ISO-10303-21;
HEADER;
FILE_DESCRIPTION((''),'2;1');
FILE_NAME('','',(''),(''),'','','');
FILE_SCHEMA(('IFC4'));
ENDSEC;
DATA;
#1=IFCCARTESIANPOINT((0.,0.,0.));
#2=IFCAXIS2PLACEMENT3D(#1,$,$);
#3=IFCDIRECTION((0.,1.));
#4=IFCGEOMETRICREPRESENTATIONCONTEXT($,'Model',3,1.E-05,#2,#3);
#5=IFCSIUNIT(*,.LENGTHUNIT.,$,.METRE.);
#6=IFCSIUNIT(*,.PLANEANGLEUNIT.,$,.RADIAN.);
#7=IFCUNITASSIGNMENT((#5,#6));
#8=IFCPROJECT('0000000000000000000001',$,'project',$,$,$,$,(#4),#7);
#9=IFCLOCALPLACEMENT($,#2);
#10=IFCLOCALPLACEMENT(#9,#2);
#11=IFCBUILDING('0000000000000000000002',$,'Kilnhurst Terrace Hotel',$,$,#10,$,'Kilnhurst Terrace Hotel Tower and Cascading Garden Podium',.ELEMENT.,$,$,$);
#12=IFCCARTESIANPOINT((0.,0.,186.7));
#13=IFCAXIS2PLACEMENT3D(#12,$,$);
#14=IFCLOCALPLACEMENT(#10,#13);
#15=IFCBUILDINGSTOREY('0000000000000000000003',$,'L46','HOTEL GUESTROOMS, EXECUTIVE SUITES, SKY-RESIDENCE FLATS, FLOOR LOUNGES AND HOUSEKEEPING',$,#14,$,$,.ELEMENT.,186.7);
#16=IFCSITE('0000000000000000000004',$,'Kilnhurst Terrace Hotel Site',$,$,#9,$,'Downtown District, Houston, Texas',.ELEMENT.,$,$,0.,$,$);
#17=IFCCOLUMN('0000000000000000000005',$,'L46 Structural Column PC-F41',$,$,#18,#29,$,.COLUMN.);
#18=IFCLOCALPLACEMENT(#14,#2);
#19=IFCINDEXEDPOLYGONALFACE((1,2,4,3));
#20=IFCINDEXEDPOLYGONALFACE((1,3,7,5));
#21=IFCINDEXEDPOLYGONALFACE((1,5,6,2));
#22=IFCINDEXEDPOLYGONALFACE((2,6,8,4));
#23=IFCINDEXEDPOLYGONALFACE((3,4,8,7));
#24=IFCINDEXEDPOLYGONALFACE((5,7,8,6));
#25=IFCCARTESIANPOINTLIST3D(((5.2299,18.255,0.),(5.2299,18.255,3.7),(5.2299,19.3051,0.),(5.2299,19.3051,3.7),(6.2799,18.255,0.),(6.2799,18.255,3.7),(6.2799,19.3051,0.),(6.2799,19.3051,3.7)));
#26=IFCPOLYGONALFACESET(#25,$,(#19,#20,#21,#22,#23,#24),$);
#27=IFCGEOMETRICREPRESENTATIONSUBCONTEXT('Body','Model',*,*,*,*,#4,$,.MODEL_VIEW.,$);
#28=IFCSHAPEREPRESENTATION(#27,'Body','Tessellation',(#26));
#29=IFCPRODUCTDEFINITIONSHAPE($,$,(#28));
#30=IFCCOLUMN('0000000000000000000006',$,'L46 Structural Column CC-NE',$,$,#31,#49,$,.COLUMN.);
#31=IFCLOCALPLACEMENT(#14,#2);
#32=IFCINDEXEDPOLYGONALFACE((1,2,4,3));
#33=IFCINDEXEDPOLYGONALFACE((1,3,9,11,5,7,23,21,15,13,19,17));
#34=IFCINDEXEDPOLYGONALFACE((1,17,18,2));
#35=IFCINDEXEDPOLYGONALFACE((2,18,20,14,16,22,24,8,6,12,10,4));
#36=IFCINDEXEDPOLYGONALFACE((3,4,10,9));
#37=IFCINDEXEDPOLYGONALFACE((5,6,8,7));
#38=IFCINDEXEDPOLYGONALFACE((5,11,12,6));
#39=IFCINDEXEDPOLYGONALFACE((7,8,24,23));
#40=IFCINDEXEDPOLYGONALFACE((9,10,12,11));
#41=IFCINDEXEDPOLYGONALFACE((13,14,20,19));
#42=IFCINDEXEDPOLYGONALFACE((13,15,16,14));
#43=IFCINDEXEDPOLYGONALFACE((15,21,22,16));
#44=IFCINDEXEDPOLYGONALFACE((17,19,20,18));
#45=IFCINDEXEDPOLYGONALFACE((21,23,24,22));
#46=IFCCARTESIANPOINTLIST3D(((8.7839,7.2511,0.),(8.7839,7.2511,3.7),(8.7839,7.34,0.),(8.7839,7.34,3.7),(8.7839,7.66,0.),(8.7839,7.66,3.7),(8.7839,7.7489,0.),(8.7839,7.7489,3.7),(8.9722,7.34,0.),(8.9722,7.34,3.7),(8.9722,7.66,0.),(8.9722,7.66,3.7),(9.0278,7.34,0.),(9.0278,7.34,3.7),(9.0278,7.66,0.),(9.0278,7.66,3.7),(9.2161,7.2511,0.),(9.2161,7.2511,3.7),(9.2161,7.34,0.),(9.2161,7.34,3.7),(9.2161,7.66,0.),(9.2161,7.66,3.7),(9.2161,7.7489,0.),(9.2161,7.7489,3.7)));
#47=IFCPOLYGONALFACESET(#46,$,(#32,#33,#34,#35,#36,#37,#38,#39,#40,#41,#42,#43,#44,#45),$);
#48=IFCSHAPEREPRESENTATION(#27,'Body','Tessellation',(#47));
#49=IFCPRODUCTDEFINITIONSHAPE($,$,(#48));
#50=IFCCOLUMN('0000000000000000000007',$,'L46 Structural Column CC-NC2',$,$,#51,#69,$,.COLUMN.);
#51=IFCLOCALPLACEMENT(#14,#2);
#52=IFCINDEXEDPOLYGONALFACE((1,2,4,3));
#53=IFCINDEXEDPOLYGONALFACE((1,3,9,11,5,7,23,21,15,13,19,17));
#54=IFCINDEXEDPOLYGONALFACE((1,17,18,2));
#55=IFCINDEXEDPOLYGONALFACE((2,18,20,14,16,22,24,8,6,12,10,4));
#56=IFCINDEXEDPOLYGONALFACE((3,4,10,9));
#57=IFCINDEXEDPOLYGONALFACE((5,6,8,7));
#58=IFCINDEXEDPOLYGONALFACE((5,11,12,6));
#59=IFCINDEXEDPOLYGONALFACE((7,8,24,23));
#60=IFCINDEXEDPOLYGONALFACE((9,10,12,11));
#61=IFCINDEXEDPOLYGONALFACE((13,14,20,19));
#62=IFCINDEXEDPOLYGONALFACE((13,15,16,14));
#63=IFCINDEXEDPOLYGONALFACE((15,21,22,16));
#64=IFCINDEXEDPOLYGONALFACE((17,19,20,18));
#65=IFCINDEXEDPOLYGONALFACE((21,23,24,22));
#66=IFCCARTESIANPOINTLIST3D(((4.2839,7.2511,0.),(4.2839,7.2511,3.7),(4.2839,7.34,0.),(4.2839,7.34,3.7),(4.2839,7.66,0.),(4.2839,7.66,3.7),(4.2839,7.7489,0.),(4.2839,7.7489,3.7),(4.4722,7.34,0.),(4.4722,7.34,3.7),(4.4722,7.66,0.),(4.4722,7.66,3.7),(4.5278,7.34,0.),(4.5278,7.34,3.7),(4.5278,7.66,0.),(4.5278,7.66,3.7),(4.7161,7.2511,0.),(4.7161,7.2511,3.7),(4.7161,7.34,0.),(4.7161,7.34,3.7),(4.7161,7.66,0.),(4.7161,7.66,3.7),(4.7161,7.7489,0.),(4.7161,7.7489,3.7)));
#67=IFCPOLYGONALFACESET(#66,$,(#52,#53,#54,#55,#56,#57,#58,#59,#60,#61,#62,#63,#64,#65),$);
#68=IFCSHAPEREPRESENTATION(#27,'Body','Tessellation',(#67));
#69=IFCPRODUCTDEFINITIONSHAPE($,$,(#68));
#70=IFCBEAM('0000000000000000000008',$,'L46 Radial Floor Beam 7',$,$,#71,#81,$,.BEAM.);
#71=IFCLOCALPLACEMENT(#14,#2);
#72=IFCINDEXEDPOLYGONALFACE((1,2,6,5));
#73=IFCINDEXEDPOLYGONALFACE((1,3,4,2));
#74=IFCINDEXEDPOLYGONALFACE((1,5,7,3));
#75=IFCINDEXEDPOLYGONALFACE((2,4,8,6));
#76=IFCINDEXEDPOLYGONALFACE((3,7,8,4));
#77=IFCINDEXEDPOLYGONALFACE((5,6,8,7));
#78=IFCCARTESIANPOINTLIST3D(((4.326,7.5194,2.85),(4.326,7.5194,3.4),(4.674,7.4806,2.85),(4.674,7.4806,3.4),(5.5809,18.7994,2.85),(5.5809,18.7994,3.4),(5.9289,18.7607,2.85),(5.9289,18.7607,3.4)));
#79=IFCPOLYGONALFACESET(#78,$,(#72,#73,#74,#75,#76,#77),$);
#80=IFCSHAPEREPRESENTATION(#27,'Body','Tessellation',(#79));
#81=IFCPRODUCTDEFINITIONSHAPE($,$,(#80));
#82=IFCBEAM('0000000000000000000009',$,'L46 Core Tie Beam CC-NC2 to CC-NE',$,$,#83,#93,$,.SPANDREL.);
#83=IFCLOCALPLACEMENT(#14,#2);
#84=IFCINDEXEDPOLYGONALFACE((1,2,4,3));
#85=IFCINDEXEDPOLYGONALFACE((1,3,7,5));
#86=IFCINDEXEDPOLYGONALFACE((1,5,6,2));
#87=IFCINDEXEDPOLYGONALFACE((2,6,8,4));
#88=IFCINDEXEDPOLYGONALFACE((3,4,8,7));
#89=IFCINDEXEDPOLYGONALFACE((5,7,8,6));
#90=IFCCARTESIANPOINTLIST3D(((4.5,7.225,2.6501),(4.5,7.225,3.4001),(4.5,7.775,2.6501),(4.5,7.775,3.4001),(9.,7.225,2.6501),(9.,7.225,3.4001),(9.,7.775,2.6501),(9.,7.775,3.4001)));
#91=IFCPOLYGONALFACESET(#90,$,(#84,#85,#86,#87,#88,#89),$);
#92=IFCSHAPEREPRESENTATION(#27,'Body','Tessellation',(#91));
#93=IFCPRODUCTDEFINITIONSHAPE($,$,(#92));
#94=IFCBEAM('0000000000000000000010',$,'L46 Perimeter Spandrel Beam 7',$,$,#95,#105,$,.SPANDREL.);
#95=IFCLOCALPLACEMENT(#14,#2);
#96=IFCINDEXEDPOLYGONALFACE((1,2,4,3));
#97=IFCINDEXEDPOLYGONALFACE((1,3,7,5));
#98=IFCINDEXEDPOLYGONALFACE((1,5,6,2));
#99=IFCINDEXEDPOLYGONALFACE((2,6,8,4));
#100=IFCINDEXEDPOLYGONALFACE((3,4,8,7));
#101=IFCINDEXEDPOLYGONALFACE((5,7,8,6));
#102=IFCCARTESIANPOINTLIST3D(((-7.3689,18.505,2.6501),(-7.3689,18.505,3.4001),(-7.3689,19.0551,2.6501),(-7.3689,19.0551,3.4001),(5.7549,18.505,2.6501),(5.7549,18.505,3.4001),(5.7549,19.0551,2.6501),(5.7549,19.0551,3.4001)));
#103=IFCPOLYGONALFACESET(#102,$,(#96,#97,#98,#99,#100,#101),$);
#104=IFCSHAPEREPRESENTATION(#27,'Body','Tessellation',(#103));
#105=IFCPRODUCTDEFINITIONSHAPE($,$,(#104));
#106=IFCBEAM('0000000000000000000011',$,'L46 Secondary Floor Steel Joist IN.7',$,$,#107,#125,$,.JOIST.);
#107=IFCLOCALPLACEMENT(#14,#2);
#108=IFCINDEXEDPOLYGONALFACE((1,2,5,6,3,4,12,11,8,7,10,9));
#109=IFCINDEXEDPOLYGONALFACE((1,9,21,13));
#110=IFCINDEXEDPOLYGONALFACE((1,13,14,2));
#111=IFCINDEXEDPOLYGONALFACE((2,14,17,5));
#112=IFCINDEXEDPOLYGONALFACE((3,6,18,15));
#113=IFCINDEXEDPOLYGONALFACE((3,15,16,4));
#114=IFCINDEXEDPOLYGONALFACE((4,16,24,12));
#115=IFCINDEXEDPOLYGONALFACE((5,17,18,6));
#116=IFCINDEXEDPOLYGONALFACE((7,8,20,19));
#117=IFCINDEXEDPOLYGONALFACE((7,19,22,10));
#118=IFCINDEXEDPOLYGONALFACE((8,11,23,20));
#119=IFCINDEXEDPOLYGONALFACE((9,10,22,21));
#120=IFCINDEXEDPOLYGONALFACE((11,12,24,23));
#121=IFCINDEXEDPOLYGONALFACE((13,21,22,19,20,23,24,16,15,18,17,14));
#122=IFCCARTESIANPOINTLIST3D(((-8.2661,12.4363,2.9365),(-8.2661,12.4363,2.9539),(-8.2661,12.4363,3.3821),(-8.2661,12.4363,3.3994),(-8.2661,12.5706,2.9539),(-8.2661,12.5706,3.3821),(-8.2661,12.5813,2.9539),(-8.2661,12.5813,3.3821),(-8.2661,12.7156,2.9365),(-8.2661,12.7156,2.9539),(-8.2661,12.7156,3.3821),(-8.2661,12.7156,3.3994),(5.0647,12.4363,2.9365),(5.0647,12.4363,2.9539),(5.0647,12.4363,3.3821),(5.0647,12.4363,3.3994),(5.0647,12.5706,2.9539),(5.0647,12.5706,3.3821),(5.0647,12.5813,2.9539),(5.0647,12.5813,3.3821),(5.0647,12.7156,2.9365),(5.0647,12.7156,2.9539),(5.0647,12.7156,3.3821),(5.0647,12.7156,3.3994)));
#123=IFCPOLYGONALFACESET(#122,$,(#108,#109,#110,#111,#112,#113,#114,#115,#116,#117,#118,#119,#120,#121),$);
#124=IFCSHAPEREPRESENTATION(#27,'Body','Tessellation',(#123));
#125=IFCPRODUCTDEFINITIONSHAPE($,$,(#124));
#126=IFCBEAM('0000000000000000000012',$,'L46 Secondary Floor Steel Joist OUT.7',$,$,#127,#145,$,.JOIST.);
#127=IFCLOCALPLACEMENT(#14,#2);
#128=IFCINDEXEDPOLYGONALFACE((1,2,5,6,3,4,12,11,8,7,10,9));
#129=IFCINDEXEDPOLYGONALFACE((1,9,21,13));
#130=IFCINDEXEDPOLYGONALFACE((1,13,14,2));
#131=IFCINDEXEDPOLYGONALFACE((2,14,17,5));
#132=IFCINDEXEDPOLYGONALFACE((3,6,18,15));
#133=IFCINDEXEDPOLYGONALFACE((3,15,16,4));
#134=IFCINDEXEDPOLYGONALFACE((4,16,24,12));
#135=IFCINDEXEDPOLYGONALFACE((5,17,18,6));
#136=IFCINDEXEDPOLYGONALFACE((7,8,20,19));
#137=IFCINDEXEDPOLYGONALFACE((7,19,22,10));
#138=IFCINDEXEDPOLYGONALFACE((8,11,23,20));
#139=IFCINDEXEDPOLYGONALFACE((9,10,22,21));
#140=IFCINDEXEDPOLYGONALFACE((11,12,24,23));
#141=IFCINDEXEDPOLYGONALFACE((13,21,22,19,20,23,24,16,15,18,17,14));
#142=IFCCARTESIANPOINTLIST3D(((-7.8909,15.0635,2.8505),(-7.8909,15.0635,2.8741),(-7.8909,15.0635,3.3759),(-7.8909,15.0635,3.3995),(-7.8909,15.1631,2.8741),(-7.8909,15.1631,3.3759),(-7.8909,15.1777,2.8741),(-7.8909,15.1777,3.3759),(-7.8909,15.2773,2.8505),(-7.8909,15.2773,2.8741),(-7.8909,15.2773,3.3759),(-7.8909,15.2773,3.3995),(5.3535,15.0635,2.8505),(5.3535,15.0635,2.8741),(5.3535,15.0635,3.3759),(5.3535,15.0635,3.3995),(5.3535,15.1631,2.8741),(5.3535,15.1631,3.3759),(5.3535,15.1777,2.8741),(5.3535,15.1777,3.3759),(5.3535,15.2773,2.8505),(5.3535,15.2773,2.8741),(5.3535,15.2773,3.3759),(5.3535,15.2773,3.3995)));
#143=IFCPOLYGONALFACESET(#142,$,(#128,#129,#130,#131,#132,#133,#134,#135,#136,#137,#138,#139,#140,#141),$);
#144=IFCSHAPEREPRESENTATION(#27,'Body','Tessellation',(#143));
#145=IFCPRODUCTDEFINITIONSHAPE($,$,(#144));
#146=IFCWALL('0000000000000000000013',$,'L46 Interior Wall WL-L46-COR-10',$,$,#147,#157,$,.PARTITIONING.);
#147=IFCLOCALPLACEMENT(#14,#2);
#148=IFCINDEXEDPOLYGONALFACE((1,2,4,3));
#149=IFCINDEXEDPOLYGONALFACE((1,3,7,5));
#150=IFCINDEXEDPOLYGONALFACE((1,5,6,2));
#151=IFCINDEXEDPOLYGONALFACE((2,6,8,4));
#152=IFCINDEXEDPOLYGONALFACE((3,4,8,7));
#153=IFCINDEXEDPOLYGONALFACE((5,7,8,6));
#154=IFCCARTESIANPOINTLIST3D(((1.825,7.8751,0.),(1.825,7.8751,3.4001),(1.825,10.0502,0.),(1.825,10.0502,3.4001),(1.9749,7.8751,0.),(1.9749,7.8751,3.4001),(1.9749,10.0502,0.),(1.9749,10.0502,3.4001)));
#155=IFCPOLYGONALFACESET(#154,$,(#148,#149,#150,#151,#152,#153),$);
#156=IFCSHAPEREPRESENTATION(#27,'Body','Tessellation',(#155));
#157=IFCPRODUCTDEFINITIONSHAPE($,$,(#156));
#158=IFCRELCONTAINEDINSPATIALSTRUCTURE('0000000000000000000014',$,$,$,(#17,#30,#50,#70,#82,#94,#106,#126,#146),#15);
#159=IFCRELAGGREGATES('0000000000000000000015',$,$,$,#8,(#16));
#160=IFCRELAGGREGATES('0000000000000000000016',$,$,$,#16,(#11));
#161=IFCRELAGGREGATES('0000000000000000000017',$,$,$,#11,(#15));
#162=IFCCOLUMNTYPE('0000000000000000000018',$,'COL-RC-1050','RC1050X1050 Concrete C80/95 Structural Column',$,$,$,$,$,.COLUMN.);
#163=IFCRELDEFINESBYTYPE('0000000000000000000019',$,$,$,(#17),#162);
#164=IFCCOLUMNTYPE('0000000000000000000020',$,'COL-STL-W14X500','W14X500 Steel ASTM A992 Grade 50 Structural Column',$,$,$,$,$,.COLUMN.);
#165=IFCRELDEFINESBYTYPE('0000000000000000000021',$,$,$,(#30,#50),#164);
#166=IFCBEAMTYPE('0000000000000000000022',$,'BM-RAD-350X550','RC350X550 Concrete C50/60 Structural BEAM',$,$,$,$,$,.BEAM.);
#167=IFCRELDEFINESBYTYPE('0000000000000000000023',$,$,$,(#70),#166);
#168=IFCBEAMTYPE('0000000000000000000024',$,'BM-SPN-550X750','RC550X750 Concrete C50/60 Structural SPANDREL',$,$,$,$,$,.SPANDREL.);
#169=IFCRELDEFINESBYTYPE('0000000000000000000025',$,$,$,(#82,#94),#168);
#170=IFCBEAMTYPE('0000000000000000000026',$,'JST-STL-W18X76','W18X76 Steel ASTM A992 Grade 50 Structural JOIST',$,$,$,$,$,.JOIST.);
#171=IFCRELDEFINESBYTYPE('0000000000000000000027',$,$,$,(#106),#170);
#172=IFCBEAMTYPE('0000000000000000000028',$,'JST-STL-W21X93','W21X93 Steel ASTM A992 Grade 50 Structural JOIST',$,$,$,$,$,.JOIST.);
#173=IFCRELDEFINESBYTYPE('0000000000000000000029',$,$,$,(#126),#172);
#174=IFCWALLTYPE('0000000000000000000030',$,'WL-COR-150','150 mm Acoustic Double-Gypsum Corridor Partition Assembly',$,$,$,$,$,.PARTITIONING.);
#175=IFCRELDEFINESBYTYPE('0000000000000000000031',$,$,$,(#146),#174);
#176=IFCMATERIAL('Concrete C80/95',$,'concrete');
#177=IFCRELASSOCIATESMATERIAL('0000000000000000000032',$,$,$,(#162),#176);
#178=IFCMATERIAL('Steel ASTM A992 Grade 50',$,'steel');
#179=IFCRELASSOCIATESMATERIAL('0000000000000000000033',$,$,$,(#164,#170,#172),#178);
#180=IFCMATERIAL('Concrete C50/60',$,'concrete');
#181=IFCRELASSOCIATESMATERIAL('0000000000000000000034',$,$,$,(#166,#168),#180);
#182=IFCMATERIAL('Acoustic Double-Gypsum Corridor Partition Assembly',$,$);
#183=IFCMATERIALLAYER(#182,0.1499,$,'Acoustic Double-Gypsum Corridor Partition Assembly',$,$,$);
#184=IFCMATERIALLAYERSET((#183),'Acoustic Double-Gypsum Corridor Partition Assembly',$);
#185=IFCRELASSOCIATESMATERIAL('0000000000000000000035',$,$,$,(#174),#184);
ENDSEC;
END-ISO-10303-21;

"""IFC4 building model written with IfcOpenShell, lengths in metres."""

from ifc_helpers import new_model, si_unit, direction, frame, frame_2d, origin, origin_2d, place, context, subcontext, project, spatial, rectangle, i_section, extrude, material, layer, layer_set, material_profile, profile_set, type_object, element, save


model = new_model("IFC4")

# Units and contexts
model_context = context("Model", 3, precision=1e-05, world=origin(), true_north=direction((0.0, 1.0)))
body_context = subcontext(model_context, "Body", "Model", "MODEL_VIEW")
ifc_project = project(units=[si_unit("LENGTHUNIT", "METRE"), si_unit("PLANEANGLEUNIT", "RADIAN")], contexts=[model_context])

# Site, building, storey
site_placement = place(None, origin())
site = spatial("IfcSite", under=ifc_project, at=site_placement, Name="Kilnhurst Terrace Hotel Site", LongName="Downtown District, Houston, Texas", CompositionType="ELEMENT", RefElevation=0.0)
building_placement = place(site_placement, origin())
building = spatial("IfcBuilding", under=site, at=building_placement, Name="Kilnhurst Terrace Hotel", LongName="Kilnhurst Terrace Hotel Tower and Cascading Garden Podium", CompositionType="ELEMENT")
storey_placement = place(building_placement, frame((0.0, 0.0, 186.7)))
storey = spatial("IfcBuildingStorey", under=building, at=storey_placement, Name="L46", Description="HOTEL GUESTROOMS, EXECUTIVE SUITES, SKY-RESIDENCE FLATS, FLOOR LOUNGES AND HOUSEKEEPING", CompositionType="ELEMENT", Elevation=186.7)

# Columns
ifc_material_1 = material(Name="Concrete C80/95", Category="concrete")
ifc_material_profile_1 = material_profile(ifc_material_1, rectangle(XDim=1.05, YDim=1.05, at=origin_2d()), Name="RC1050X1050")
ifc_profile_set_1 = profile_set([ifc_material_profile_1], Name="Concrete C80/95")
column_type_1 = type_object("IfcColumnType", Name="COL-RC-1050", Description="RC1050X1050 Concrete C80/95 Structural Column", PredefinedType="COLUMN", material=ifc_profile_set_1)
column_placement = place(storey_placement, frame((5.7549, 18.78, 0.0), z_axis=(0.0, 0.0, 1.0), x_axis=(1.0, 0.0, 0.0)))
element("IfcColumn", 1, at=column_placement, inside=storey, type_object=column_type_1, Name="L46 Structural Column PC-F41", PredefinedType="COLUMN", context=body_context, shape_type="SweptSolid", body=[
    extrude(rectangle(XDim=1.05, YDim=1.05, at=origin_2d()), origin(), (0.0, 0.0, 1.0), 3.7),
])
ifc_material_2 = material(Name="Steel ASTM A992 Grade 50", Category="steel")
ifc_material_profile_2 = material_profile(ifc_material_2, i_section(OverallWidth=0.4321, OverallDepth=0.4978, WebThickness=0.0557, FlangeThickness=0.0889, at=origin_2d()), Name="W14X500")
ifc_profile_set_2 = profile_set([ifc_material_profile_2], Name="Steel ASTM A992 Grade 50")
column_type_2 = type_object("IfcColumnType", Name="COL-STL-W14X500", Description="W14X500 Steel ASTM A992 Grade 50 Structural Column", PredefinedType="COLUMN", material=ifc_profile_set_2)
for number, where, z_axis, x_axis, name in (
    (2, (9.0, 7.5, 0.0), (0.0, 0.0, 1.0), (1.0, 0.0, 0.0), "L46 Structural Column CC-NE"),
    (3, (4.5, 7.5, 0.0), (0.0, 0.0, 1.0), (1.0, 0.0, 0.0), "L46 Structural Column CC-NC2"),
):
    element("IfcColumn", number, at=place(storey_placement, frame(where, z_axis=z_axis, x_axis=x_axis)), inside=storey, type_object=column_type_2, Name=name, PredefinedType="COLUMN", context=body_context, shape_type="SweptSolid", body=[
        extrude(i_section(OverallWidth=0.4321, OverallDepth=0.4978, WebThickness=0.0557, FlangeThickness=0.0889, at=origin_2d()), origin(), (0.0, 0.0, 1.0), 3.7),
    ])

# Beams
ifc_material_3 = material(Name="Concrete C50/60", Category="concrete")
ifc_material_profile_3 = material_profile(ifc_material_3, rectangle(XDim=0.3501, YDim=0.55, at=origin_2d()), Name="RC350X550")
ifc_profile_set_3 = profile_set([ifc_material_profile_3], Name="Concrete C50/60")
beam_type_1 = type_object("IfcBeamType", Name="BM-RAD-350X550", Description="RC350X550 Concrete C50/60 Structural BEAM", PredefinedType="BEAM", material=ifc_profile_set_3)
beam_1_placement = place(storey_placement, frame((4.5, 7.5, 3.125), z_axis=(0.110566, 0.993869, 0.0), x_axis=(-0.993869, 0.110566, 0.0)))
element("IfcBeam", 4, at=beam_1_placement, inside=storey, type_object=beam_type_1, Name="L46 Radial Floor Beam 7", PredefinedType="BEAM", context=body_context, shape_type="SweptSolid", body=[
    extrude(rectangle(XDim=0.3501, YDim=0.55, at=origin_2d()), origin(), (0.0, 0.0, 1.0), 11.3496),
])
ifc_material_profile_4 = material_profile(ifc_material_3, rectangle(XDim=0.55, YDim=0.75, at=origin_2d()), Name="RC550X750")
ifc_profile_set_4 = profile_set([ifc_material_profile_4], Name="Concrete C50/60")
beam_type_2 = type_object("IfcBeamType", Name="BM-SPN-550X750", Description="RC550X750 Concrete C50/60 Structural SPANDREL", PredefinedType="SPANDREL", material=ifc_profile_set_4)
beam_2_placement = place(storey_placement, frame((4.5, 7.5, 3.0251), z_axis=(1.0, 0.0, 0.0), x_axis=(0.0, 1.0, 0.0)))
element("IfcBeam", 5, at=beam_2_placement, inside=storey, type_object=beam_type_2, Name="L46 Core Tie Beam CC-NC2 to CC-NE", PredefinedType="SPANDREL", context=body_context, shape_type="SweptSolid", body=[
    extrude(rectangle(XDim=0.55, YDim=0.75, at=origin_2d()), origin(), (0.0, 0.0, 1.0), 4.5),
])
beam_3_placement = place(storey_placement, frame((5.7549, 18.78, 3.0251), z_axis=(-1.0, 0.0, 0.0), x_axis=(0.0, -1.0, 0.0)))
element("IfcBeam", 6, at=beam_3_placement, inside=storey, type_object=beam_type_2, Name="L46 Perimeter Spandrel Beam 7", PredefinedType="SPANDREL", context=body_context, shape_type="SweptSolid", body=[
    extrude(rectangle(XDim=0.55, YDim=0.75, at=origin_2d()), origin(), (0.0, 0.0, 1.0), 13.1238),
])
ifc_material_profile_5 = material_profile(ifc_material_2, i_section(OverallWidth=0.2793, OverallDepth=0.4629, WebThickness=0.0107, FlangeThickness=0.0173, at=origin_2d()), Name="W18X76")
ifc_profile_set_5 = profile_set([ifc_material_profile_5], Name="Steel ASTM A992 Grade 50")
beam_type_3 = type_object("IfcBeamType", Name="JST-STL-W18X76", Description="W18X76 Steel ASTM A992 Grade 50 Structural JOIST", PredefinedType="JOIST", material=ifc_profile_set_5)
beam_4_placement = place(storey_placement, frame((5.0647, 12.5759, 3.168), z_axis=(-1.0, 0.0, 0.0), x_axis=(0.0, -1.0, 0.0)))
element("IfcBeam", 7, at=beam_4_placement, inside=storey, type_object=beam_type_3, Name="L46 Secondary Floor Steel Joist IN.7", PredefinedType="JOIST", context=body_context, shape_type="SweptSolid", body=[
    extrude(i_section(OverallWidth=0.2793, OverallDepth=0.4629, WebThickness=0.0107, FlangeThickness=0.0173, at=origin_2d()), origin(), (0.0, 0.0, 1.0), 13.3308),
])
ifc_material_profile_6 = material_profile(ifc_material_2, i_section(OverallWidth=0.2139, OverallDepth=0.5491, WebThickness=0.0146, FlangeThickness=0.0237, at=origin_2d()), Name="W21X93")
ifc_profile_set_6 = profile_set([ifc_material_profile_6], Name="Steel ASTM A992 Grade 50")
beam_type_4 = type_object("IfcBeamType", Name="JST-STL-W21X93", Description="W21X93 Steel ASTM A992 Grade 50 Structural JOIST", PredefinedType="JOIST", material=ifc_profile_set_6)
beam_5_placement = place(storey_placement, frame((5.3535, 15.1704, 3.125), z_axis=(-1.0, 0.0, 0.0), x_axis=(0.0, -1.0, 0.0)))
element("IfcBeam", 8, at=beam_5_placement, inside=storey, type_object=beam_type_4, Name="L46 Secondary Floor Steel Joist OUT.7", PredefinedType="JOIST", context=body_context, shape_type="SweptSolid", body=[
    extrude(i_section(OverallWidth=0.2139, OverallDepth=0.5491, WebThickness=0.0146, FlangeThickness=0.0237, at=origin_2d()), origin(), (0.0, 0.0, 1.0), 13.2444),
])

# Wall
ifc_material_4 = material(Name="Acoustic Double-Gypsum Corridor Partition Assembly")
ifc_layer_1 = layer(ifc_material_4, 0.1499, Name="Acoustic Double-Gypsum Corridor Partition Assembly")
ifc_layer_set_1 = layer_set([ifc_layer_1], Name="Acoustic Double-Gypsum Corridor Partition Assembly")
wall_type_1 = type_object("IfcWallType", Name="WL-COR-150", Description="150 mm Acoustic Double-Gypsum Corridor Partition Assembly", PredefinedType="PARTITIONING", material=ifc_layer_set_1)
wall_1_placement = place(storey_placement, frame((1.8999, 10.05, 0.0), z_axis=(0.0, 0.0, 1.0), x_axis=(0.0, -1.0, 0.0)))
element("IfcWall", 9, at=wall_1_placement, inside=storey, type_object=wall_type_1, Name="L46 Interior Wall WL-L46-COR-10", PredefinedType="PARTITIONING", context=body_context, shape_type="SweptSolid", body=[
    extrude(rectangle(XDim=2.175, YDim=0.1499, at=frame_2d((1.0874, 0.0))), origin(), (0.0, 0.0, 1.0), 3.4001),
])

save(model, "model.ifc")
